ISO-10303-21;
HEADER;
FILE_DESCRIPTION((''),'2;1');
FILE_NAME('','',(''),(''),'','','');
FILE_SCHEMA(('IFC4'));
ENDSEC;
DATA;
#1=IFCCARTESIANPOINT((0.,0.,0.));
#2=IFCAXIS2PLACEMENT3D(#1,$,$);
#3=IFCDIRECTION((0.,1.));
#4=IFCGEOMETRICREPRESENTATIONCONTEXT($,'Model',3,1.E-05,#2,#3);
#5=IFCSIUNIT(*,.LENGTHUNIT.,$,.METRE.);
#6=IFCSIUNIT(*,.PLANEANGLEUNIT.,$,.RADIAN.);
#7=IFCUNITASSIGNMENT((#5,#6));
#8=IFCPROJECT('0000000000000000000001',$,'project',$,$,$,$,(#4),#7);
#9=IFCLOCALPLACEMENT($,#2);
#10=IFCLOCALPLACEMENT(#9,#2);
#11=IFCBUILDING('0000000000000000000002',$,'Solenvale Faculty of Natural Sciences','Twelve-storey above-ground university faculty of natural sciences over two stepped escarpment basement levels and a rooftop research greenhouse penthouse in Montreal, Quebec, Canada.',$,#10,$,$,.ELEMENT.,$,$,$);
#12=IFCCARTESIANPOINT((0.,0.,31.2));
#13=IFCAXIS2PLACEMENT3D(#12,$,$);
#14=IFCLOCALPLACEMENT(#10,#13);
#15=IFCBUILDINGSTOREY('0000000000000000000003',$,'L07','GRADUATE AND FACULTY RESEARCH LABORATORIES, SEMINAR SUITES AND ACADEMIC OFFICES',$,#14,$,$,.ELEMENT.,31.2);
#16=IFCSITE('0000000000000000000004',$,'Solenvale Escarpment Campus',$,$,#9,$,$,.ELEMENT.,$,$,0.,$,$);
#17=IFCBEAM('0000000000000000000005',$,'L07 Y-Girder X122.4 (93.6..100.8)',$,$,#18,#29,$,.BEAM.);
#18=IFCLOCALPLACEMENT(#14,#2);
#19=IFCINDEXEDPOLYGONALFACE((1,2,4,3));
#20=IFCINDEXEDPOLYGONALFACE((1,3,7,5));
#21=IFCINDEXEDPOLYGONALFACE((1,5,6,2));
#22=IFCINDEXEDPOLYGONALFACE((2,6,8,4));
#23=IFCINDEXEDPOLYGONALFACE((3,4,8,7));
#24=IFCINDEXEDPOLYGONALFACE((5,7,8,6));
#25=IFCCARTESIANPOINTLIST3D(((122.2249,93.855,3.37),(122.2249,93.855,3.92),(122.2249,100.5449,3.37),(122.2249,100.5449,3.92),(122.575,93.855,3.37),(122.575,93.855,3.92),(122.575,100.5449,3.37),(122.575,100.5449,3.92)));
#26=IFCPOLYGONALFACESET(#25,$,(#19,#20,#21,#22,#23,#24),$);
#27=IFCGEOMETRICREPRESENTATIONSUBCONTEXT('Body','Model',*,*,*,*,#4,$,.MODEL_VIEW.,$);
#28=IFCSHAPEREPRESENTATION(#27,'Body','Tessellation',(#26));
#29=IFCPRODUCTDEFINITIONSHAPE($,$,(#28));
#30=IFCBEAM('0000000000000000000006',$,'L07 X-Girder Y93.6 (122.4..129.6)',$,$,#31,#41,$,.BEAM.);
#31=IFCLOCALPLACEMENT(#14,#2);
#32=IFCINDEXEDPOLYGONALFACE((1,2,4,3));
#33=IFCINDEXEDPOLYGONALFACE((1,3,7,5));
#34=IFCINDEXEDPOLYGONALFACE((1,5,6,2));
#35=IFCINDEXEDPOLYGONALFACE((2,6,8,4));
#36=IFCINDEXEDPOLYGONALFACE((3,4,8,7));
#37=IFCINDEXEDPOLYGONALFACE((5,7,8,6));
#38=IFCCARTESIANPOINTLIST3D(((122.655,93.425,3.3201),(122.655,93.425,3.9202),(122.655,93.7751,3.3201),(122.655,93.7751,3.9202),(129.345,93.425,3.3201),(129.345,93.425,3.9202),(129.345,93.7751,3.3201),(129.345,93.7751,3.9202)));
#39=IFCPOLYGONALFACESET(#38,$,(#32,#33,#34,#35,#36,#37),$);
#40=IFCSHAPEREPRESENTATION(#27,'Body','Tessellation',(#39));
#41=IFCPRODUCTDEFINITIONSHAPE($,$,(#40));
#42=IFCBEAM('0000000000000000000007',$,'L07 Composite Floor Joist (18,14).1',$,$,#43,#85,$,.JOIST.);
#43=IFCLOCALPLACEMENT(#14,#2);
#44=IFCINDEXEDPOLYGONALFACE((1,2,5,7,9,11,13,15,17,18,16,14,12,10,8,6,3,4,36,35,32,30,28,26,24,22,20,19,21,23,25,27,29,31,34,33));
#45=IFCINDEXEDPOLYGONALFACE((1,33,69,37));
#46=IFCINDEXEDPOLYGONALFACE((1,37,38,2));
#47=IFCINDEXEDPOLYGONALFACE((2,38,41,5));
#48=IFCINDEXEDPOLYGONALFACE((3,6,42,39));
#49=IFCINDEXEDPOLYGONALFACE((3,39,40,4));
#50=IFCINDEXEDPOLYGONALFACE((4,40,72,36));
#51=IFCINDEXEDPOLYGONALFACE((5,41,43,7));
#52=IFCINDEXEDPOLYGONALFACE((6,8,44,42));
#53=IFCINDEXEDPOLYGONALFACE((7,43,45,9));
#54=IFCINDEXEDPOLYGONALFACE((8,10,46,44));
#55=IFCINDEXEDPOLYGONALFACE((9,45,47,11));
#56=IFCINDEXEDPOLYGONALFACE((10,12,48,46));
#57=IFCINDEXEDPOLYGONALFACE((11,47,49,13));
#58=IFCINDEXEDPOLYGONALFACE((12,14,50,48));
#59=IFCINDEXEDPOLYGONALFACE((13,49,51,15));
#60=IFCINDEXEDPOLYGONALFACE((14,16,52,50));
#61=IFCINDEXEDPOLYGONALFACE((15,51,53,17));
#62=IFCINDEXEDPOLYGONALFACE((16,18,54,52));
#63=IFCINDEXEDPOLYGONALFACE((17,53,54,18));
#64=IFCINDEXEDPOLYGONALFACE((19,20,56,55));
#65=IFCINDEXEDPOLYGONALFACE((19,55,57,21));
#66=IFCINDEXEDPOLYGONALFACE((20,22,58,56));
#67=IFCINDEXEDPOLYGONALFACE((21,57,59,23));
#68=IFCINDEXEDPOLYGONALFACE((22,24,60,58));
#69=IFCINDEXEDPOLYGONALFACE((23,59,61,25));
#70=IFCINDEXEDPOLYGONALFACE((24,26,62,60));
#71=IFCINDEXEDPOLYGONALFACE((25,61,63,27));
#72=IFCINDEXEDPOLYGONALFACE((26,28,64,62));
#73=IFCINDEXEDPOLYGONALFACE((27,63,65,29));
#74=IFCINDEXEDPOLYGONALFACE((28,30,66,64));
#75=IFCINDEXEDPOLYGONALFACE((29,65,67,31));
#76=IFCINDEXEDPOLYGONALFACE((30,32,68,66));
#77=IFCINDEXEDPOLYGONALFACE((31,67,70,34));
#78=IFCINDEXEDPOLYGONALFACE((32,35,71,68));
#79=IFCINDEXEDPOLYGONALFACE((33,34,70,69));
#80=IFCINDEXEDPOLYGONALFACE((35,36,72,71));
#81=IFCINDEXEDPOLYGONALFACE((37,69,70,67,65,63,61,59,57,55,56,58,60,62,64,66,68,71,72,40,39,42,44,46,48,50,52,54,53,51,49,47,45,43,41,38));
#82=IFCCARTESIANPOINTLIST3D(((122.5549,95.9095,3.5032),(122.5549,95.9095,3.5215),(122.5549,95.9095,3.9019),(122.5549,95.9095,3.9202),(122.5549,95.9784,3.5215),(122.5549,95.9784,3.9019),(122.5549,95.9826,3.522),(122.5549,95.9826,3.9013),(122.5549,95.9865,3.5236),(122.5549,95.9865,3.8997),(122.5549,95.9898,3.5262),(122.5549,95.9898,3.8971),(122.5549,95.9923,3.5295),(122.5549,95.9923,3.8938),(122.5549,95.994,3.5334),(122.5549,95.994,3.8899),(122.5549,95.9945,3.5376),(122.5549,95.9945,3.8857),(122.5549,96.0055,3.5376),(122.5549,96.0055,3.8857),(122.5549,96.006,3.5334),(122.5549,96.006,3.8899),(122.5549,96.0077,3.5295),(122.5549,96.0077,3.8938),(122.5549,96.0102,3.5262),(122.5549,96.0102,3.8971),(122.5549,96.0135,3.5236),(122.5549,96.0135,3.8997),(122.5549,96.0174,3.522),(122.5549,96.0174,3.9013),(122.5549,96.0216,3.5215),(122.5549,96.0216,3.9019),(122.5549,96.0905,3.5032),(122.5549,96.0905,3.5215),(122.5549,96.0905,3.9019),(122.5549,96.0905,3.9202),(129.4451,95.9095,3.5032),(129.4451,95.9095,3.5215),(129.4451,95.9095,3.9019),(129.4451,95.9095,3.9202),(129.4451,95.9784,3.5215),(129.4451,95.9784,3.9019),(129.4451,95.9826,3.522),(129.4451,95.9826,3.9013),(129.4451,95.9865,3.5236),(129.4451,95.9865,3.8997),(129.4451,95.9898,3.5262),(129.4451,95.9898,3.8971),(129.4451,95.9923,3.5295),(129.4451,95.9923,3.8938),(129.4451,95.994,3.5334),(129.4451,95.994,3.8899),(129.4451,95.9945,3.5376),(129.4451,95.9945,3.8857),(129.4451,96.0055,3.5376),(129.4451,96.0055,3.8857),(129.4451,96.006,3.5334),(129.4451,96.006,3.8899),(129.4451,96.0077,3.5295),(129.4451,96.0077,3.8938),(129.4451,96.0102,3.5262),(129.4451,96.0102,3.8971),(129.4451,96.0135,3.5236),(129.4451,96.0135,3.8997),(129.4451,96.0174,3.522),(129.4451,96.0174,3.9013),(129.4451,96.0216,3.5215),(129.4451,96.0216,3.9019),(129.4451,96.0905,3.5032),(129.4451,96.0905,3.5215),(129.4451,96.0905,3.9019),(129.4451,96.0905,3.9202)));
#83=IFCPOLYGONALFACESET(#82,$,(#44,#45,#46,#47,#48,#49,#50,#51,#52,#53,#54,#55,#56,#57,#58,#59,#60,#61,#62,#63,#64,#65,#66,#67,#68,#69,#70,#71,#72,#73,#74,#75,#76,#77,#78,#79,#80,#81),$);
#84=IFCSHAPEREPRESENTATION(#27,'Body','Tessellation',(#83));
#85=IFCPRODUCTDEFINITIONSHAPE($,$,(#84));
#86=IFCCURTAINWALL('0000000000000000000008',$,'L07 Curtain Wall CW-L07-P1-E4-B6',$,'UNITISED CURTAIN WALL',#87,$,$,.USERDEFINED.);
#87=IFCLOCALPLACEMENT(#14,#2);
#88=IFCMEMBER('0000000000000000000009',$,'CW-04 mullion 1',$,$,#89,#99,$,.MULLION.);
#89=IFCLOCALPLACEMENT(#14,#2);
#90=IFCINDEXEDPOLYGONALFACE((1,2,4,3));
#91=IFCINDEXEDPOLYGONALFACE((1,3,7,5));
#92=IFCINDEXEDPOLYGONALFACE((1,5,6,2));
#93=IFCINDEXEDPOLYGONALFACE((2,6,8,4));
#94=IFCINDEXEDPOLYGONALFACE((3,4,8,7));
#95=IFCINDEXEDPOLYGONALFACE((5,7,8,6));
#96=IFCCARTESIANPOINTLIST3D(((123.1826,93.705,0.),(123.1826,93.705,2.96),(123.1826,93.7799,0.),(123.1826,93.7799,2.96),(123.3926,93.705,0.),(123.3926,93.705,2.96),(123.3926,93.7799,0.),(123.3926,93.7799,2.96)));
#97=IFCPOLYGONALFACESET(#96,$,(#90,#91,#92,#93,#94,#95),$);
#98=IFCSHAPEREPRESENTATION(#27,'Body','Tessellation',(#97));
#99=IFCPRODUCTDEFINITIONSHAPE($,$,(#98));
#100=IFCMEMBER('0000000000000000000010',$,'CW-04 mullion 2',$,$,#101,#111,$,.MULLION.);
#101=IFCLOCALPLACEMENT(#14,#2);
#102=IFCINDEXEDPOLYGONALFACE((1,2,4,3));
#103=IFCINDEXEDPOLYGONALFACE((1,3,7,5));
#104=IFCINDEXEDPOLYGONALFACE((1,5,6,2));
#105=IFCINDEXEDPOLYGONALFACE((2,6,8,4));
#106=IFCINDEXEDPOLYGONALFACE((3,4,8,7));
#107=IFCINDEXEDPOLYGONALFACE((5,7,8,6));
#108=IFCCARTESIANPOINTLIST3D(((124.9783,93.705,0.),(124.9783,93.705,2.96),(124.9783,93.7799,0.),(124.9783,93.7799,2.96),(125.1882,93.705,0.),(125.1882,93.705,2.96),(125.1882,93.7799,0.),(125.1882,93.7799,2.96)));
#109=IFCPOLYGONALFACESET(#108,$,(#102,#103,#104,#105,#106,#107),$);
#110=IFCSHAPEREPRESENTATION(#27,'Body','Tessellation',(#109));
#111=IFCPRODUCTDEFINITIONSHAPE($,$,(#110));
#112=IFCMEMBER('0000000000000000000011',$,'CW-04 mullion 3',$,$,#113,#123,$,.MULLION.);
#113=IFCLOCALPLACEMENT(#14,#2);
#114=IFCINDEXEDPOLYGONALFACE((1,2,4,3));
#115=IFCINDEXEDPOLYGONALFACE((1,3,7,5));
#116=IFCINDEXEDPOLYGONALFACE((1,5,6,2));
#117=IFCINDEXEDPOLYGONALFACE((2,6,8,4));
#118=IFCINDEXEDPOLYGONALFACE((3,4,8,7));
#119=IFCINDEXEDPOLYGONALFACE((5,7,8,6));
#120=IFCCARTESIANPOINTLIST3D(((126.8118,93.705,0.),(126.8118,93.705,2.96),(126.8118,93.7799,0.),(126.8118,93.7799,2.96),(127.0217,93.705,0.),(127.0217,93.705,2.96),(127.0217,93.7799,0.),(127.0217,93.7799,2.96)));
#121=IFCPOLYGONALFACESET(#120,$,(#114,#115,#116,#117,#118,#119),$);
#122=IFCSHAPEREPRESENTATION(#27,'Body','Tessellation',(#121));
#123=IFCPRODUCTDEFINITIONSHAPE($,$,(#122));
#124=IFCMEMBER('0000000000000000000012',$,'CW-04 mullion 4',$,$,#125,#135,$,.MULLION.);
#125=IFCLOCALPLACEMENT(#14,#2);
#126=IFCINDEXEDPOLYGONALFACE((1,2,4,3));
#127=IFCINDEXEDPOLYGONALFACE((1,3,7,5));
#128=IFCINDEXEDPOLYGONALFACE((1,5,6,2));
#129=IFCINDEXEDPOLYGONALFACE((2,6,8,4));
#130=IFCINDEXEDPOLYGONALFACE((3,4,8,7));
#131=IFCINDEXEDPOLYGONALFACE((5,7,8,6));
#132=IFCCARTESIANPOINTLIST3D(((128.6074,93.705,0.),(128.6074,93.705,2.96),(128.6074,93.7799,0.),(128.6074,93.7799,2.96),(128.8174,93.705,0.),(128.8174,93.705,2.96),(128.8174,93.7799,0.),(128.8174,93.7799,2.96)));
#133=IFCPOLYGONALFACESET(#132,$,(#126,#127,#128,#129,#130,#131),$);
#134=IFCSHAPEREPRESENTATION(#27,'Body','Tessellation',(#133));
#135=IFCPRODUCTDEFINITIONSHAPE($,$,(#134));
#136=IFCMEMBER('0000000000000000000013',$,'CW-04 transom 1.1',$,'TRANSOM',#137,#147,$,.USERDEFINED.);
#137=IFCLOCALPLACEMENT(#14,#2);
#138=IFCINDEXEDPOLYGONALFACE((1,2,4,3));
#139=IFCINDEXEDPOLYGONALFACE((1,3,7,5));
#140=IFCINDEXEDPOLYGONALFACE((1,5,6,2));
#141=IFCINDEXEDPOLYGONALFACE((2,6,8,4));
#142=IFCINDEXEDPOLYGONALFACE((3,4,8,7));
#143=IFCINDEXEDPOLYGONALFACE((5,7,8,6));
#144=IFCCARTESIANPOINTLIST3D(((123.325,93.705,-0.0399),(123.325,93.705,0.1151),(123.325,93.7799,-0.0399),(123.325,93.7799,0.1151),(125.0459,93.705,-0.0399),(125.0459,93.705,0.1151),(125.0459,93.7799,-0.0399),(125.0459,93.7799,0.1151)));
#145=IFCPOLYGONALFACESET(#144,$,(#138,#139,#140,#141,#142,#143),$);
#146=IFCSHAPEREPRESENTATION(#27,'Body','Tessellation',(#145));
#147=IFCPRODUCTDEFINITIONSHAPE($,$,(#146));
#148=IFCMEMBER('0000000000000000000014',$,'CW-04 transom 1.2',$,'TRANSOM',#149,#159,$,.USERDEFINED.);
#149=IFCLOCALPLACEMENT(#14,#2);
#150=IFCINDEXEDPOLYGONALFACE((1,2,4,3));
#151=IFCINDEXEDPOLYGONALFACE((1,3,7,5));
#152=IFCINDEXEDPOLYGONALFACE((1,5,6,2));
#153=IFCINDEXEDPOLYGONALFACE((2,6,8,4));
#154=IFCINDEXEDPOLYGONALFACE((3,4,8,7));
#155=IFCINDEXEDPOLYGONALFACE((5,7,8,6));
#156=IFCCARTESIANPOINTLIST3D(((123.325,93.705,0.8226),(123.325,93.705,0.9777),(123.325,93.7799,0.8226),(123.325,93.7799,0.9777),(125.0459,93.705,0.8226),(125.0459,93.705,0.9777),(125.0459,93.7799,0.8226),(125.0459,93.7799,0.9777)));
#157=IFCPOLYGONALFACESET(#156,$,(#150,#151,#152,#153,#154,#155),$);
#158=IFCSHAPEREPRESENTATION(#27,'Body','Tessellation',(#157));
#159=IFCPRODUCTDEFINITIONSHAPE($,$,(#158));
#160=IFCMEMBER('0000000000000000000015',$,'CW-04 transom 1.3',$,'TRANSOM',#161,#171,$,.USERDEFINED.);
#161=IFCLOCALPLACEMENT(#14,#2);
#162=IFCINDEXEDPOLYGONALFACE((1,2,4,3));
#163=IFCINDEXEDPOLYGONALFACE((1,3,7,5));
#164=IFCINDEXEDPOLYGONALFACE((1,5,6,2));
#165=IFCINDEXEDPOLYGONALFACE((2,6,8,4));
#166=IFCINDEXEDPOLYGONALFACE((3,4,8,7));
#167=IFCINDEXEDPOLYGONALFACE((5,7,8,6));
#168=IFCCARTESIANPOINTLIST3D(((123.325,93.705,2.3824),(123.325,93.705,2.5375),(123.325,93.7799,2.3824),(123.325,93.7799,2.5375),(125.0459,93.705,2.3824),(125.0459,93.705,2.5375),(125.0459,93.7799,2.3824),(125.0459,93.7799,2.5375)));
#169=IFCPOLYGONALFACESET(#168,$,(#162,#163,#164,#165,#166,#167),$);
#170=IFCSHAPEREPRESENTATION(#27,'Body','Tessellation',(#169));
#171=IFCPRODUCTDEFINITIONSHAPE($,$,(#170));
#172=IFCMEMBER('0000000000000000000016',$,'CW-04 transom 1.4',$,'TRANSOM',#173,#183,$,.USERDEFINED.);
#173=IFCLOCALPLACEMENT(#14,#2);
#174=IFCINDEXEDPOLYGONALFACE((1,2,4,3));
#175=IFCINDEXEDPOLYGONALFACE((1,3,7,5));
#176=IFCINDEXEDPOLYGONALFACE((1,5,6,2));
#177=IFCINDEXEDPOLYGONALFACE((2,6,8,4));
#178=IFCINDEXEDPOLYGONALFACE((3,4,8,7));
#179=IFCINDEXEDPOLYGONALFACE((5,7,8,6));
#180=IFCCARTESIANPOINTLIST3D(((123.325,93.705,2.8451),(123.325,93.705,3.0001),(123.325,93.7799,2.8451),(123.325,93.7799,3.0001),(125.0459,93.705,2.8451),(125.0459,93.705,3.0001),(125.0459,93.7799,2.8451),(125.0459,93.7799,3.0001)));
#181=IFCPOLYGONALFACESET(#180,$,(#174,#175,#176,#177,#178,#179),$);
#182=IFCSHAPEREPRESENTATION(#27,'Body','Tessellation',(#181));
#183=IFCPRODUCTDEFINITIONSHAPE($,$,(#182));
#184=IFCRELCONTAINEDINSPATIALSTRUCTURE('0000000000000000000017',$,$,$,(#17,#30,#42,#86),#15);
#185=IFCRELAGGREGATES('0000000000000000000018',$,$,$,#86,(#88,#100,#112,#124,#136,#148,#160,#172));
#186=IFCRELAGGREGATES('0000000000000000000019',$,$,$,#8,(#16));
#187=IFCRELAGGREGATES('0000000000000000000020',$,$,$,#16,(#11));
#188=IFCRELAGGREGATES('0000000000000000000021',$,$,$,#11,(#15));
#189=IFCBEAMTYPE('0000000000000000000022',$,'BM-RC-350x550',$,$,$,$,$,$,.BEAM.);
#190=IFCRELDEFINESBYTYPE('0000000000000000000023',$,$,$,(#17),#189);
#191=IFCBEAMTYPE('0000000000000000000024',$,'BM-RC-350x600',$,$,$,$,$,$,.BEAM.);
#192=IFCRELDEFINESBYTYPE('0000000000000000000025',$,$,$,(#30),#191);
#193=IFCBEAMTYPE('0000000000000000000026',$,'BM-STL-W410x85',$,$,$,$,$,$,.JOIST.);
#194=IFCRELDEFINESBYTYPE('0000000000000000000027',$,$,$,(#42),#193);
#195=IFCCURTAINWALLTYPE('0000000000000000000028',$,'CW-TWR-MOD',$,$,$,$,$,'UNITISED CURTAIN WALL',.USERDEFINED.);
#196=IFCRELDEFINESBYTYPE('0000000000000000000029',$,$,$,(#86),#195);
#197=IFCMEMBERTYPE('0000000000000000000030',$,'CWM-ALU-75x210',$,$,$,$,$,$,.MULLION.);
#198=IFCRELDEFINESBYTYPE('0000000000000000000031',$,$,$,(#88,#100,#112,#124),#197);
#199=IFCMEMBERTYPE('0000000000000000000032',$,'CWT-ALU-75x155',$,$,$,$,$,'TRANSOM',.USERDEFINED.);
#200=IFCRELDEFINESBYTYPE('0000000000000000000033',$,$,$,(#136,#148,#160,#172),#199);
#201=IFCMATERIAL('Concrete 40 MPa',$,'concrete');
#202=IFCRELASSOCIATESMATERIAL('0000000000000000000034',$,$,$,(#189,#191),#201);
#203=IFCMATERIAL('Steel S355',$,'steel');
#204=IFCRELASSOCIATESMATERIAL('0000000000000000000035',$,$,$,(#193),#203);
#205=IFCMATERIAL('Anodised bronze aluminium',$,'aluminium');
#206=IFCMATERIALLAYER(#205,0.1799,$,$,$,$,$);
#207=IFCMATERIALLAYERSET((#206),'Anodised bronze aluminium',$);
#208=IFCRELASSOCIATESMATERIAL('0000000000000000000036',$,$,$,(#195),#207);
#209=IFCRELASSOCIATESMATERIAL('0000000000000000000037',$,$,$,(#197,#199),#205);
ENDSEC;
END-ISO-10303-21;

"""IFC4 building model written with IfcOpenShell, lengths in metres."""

from ifc_helpers import new_model, si_unit, direction, frame, origin, origin_2d, place, context, subcontext, project, spatial, rectangle, i_section, extrude, material, layer, layer_set, material_profile, profile_set, type_object, element, aggregate, save


model = new_model("IFC4")

# Units and contexts
model_context = context("Model", 3, precision=1e-05, world=origin(), true_north=direction((0.0, 1.0)))
body_context = subcontext(model_context, "Body", "Model", "MODEL_VIEW")
ifc_project = project(units=[si_unit("LENGTHUNIT", "METRE"), si_unit("PLANEANGLEUNIT", "RADIAN")], contexts=[model_context])

# Site, building, storey
site_placement = place(None, origin())
site = spatial("IfcSite", under=ifc_project, at=site_placement, Name="Solenvale Escarpment Campus", CompositionType="ELEMENT", RefElevation=0.0)
building_placement = place(site_placement, origin())
building = spatial("IfcBuilding", under=site, at=building_placement, Name="Solenvale Faculty of Natural Sciences", Description="Twelve-storey above-ground university faculty of natural sciences over two stepped escarpment basement levels and a rooftop research greenhouse penthouse in Montreal, Quebec, Canada.", CompositionType="ELEMENT")
storey_placement = place(building_placement, frame((0.0, 0.0, 31.2)))
storey = spatial("IfcBuildingStorey", under=building, at=storey_placement, Name="L07", Description="GRADUATE AND FACULTY RESEARCH LABORATORIES, SEMINAR SUITES AND ACADEMIC OFFICES", CompositionType="ELEMENT", Elevation=31.2)

# Beams
ifc_material_1 = material(Name="Concrete 40 MPa", Category="concrete")
ifc_material_profile_1 = material_profile(ifc_material_1, rectangle(XDim=0.3501, YDim=0.55, at=origin_2d()), Name="RC-BM-350x550")
ifc_profile_set_1 = profile_set([ifc_material_profile_1], Name="Concrete 40 MPa")
beam_type_1 = type_object("IfcBeamType", Name="BM-RC-350x550", PredefinedType="BEAM", material=ifc_profile_set_1)
beam_1_placement = place(storey_placement, frame((122.3999, 93.855, 3.645), z_axis=(0.0, 1.0, 0.0), x_axis=(-1.0, 0.0, 0.0)))
element("IfcBeam", 1, at=beam_1_placement, inside=storey, type_object=beam_type_1, Name="L07 Y-Girder X122.4 (93.6..100.8)", PredefinedType="BEAM", context=body_context, shape_type="SweptSolid", body=[
    extrude(rectangle(XDim=0.3501, YDim=0.55, at=origin_2d()), origin(), (0.0, 0.0, 1.0), 6.6899),
])
ifc_material_profile_2 = material_profile(ifc_material_1, rectangle(XDim=0.3501, YDim=0.6001, at=origin_2d()), Name="RC-BM-350x600")
ifc_profile_set_2 = profile_set([ifc_material_profile_2], Name="Concrete 40 MPa")
beam_type_2 = type_object("IfcBeamType", Name="BM-RC-350x600", PredefinedType="BEAM", material=ifc_profile_set_2)
beam_2_placement = place(storey_placement, frame((122.655, 93.6001, 3.6201), z_axis=(1.0, 0.0, 0.0), x_axis=(0.0, 1.0, 0.0)))
element("IfcBeam", 2, at=beam_2_placement, inside=storey, type_object=beam_type_2, Name="L07 X-Girder Y93.6 (122.4..129.6)", PredefinedType="BEAM", context=body_context, shape_type="SweptSolid", body=[
    extrude(rectangle(XDim=0.3501, YDim=0.6001, at=origin_2d()), origin(), (0.0, 0.0, 1.0), 6.6899),
])
ifc_material_2 = material(Name="Steel S355", Category="steel")
ifc_material_profile_3 = material_profile(ifc_material_2, i_section(OverallWidth=0.1809, OverallDepth=0.417, WebThickness=0.011, FlangeThickness=0.0183, FilletRadius=0.0161, at=origin_2d()), Name="W410x85")
ifc_profile_set_3 = profile_set([ifc_material_profile_3], Name="Steel S355")
beam_type_3 = type_object("IfcBeamType", Name="BM-STL-W410x85", PredefinedType="JOIST", material=ifc_profile_set_3)
beam_3_placement = place(storey_placement, frame((122.5549, 96.0, 3.7117), z_axis=(1.0, 0.0, 0.0), x_axis=(0.0, 1.0, 0.0)))
element("IfcBeam", 3, at=beam_3_placement, inside=storey, type_object=beam_type_3, Name="L07 Composite Floor Joist (18,14).1", PredefinedType="JOIST", context=body_context, shape_type="SweptSolid", body=[
    extrude(i_section(OverallWidth=0.1809, OverallDepth=0.417, WebThickness=0.011, FlangeThickness=0.0183, FilletRadius=0.0161, at=origin_2d()), origin(), (0.0, 0.0, 1.0), 6.8901),
])

# Curtain wall, members
ifc_material_3 = material(Name="Anodised bronze aluminium", Category="aluminium")
ifc_layer_1 = layer(ifc_material_3, 0.1799)
ifc_layer_set_1 = layer_set([ifc_layer_1], Name="Anodised bronze aluminium")
curtain_wall_type = type_object("IfcCurtainWallType", Name="CW-TWR-MOD", ElementType="UNITISED CURTAIN WALL", PredefinedType="USERDEFINED", material=ifc_layer_set_1)
curtain_wall_placement = place(storey_placement, origin())
curtain_wall = element("IfcCurtainWall", 4, at=curtain_wall_placement, inside=storey, type_object=curtain_wall_type, Name="L07 Curtain Wall CW-L07-P1-E4-B6", ObjectType="UNITISED CURTAIN WALL", PredefinedType="USERDEFINED")
ifc_material_profile_4 = material_profile(ifc_material_3, rectangle(XDim=0.075, YDim=0.21, at=origin_2d()), Name="ALU-MUL-75x210")
ifc_profile_set_4 = profile_set([ifc_material_profile_4], Name="Anodised bronze aluminium")
member_type_1 = type_object("IfcMemberType", Name="CWM-ALU-75x210", PredefinedType="MULLION", material=ifc_profile_set_4)
member_1_placement = place(storey_placement, frame((123.2876, 93.7424, 0.0), z_axis=(0.0, 0.0, 1.0), x_axis=(0.0, 1.0, 0.0)))
member_1 = element("IfcMember", 5, at=member_1_placement, type_object=member_type_1, Name="CW-04 mullion 1", PredefinedType="MULLION", context=body_context, shape_type="SweptSolid", body=[
    extrude(rectangle(XDim=0.075, YDim=0.21, at=origin_2d()), origin(), (0.0, 0.0, 1.0), 2.96),
])
member_2_placement = place(storey_placement, frame((125.0833, 93.7424, 0.0), z_axis=(0.0, 0.0, 1.0), x_axis=(0.0, 1.0, 0.0)))
member_2 = element("IfcMember", 6, at=member_2_placement, type_object=member_type_1, Name="CW-04 mullion 2", PredefinedType="MULLION", context=body_context, shape_type="SweptSolid", body=[
    extrude(rectangle(XDim=0.075, YDim=0.21, at=origin_2d()), origin(), (0.0, 0.0, 1.0), 2.96),
])
member_3_placement = place(storey_placement, frame((126.9167, 93.7424, 0.0), z_axis=(0.0, 0.0, 1.0), x_axis=(0.0, 1.0, 0.0)))
member_3 = element("IfcMember", 7, at=member_3_placement, type_object=member_type_1, Name="CW-04 mullion 3", PredefinedType="MULLION", context=body_context, shape_type="SweptSolid", body=[
    extrude(rectangle(XDim=0.075, YDim=0.21, at=origin_2d()), origin(), (0.0, 0.0, 1.0), 2.96),
])
member_4_placement = place(storey_placement, frame((128.7124, 93.7424, 0.0), z_axis=(0.0, 0.0, 1.0), x_axis=(0.0, 1.0, 0.0)))
member_4 = element("IfcMember", 8, at=member_4_placement, type_object=member_type_1, Name="CW-04 mullion 4", PredefinedType="MULLION", context=body_context, shape_type="SweptSolid", body=[
    extrude(rectangle(XDim=0.075, YDim=0.21, at=origin_2d()), origin(), (0.0, 0.0, 1.0), 2.96),
])
ifc_material_profile_5 = material_profile(ifc_material_3, rectangle(XDim=0.075, YDim=0.155, at=origin_2d()), Name="ALU-TRN-75x155")
ifc_profile_set_5 = profile_set([ifc_material_profile_5], Name="Anodised bronze aluminium")
member_type_2 = type_object("IfcMemberType", Name="CWT-ALU-75x155", ElementType="TRANSOM", PredefinedType="USERDEFINED", material=ifc_profile_set_5)
member_5_placement = place(storey_placement, frame((123.325, 93.7424, 0.0376), z_axis=(1.0, 0.0, 0.0), x_axis=(0.0, 1.0, 0.0)))
member_5 = element("IfcMember", 9, at=member_5_placement, type_object=member_type_2, Name="CW-04 transom 1.1", ObjectType="TRANSOM", PredefinedType="USERDEFINED", context=body_context, shape_type="SweptSolid", body=[
    extrude(rectangle(XDim=0.075, YDim=0.155, at=origin_2d()), origin(), (0.0, 0.0, 1.0), 1.7209),
])
member_6_placement = place(storey_placement, frame((123.325, 93.7424, 0.9001), z_axis=(1.0, 0.0, 0.0), x_axis=(0.0, 1.0, 0.0)))
member_6 = element("IfcMember", 10, at=member_6_placement, type_object=member_type_2, Name="CW-04 transom 1.2", ObjectType="TRANSOM", PredefinedType="USERDEFINED", context=body_context, shape_type="SweptSolid", body=[
    extrude(rectangle(XDim=0.075, YDim=0.155, at=origin_2d()), origin(), (0.0, 0.0, 1.0), 1.7209),
])
member_7_placement = place(storey_placement, frame((123.325, 93.7424, 2.46), z_axis=(1.0, 0.0, 0.0), x_axis=(0.0, 1.0, 0.0)))
member_7 = element("IfcMember", 11, at=member_7_placement, type_object=member_type_2, Name="CW-04 transom 1.3", ObjectType="TRANSOM", PredefinedType="USERDEFINED", context=body_context, shape_type="SweptSolid", body=[
    extrude(rectangle(XDim=0.075, YDim=0.155, at=origin_2d()), origin(), (0.0, 0.0, 1.0), 1.7209),
])
member_8_placement = place(storey_placement, frame((123.325, 93.7424, 2.9226), z_axis=(1.0, 0.0, 0.0), x_axis=(0.0, 1.0, 0.0)))
member_8 = element("IfcMember", 12, at=member_8_placement, type_object=member_type_2, Name="CW-04 transom 1.4", ObjectType="TRANSOM", PredefinedType="USERDEFINED", context=body_context, shape_type="SweptSolid", body=[
    extrude(rectangle(XDim=0.075, YDim=0.155, at=origin_2d()), origin(), (0.0, 0.0, 1.0), 1.7209),
])
aggregate(curtain_wall, [member_1, member_2, member_3, member_4, member_5, member_6, member_7, member_8])

save(model, "model.ifc")
